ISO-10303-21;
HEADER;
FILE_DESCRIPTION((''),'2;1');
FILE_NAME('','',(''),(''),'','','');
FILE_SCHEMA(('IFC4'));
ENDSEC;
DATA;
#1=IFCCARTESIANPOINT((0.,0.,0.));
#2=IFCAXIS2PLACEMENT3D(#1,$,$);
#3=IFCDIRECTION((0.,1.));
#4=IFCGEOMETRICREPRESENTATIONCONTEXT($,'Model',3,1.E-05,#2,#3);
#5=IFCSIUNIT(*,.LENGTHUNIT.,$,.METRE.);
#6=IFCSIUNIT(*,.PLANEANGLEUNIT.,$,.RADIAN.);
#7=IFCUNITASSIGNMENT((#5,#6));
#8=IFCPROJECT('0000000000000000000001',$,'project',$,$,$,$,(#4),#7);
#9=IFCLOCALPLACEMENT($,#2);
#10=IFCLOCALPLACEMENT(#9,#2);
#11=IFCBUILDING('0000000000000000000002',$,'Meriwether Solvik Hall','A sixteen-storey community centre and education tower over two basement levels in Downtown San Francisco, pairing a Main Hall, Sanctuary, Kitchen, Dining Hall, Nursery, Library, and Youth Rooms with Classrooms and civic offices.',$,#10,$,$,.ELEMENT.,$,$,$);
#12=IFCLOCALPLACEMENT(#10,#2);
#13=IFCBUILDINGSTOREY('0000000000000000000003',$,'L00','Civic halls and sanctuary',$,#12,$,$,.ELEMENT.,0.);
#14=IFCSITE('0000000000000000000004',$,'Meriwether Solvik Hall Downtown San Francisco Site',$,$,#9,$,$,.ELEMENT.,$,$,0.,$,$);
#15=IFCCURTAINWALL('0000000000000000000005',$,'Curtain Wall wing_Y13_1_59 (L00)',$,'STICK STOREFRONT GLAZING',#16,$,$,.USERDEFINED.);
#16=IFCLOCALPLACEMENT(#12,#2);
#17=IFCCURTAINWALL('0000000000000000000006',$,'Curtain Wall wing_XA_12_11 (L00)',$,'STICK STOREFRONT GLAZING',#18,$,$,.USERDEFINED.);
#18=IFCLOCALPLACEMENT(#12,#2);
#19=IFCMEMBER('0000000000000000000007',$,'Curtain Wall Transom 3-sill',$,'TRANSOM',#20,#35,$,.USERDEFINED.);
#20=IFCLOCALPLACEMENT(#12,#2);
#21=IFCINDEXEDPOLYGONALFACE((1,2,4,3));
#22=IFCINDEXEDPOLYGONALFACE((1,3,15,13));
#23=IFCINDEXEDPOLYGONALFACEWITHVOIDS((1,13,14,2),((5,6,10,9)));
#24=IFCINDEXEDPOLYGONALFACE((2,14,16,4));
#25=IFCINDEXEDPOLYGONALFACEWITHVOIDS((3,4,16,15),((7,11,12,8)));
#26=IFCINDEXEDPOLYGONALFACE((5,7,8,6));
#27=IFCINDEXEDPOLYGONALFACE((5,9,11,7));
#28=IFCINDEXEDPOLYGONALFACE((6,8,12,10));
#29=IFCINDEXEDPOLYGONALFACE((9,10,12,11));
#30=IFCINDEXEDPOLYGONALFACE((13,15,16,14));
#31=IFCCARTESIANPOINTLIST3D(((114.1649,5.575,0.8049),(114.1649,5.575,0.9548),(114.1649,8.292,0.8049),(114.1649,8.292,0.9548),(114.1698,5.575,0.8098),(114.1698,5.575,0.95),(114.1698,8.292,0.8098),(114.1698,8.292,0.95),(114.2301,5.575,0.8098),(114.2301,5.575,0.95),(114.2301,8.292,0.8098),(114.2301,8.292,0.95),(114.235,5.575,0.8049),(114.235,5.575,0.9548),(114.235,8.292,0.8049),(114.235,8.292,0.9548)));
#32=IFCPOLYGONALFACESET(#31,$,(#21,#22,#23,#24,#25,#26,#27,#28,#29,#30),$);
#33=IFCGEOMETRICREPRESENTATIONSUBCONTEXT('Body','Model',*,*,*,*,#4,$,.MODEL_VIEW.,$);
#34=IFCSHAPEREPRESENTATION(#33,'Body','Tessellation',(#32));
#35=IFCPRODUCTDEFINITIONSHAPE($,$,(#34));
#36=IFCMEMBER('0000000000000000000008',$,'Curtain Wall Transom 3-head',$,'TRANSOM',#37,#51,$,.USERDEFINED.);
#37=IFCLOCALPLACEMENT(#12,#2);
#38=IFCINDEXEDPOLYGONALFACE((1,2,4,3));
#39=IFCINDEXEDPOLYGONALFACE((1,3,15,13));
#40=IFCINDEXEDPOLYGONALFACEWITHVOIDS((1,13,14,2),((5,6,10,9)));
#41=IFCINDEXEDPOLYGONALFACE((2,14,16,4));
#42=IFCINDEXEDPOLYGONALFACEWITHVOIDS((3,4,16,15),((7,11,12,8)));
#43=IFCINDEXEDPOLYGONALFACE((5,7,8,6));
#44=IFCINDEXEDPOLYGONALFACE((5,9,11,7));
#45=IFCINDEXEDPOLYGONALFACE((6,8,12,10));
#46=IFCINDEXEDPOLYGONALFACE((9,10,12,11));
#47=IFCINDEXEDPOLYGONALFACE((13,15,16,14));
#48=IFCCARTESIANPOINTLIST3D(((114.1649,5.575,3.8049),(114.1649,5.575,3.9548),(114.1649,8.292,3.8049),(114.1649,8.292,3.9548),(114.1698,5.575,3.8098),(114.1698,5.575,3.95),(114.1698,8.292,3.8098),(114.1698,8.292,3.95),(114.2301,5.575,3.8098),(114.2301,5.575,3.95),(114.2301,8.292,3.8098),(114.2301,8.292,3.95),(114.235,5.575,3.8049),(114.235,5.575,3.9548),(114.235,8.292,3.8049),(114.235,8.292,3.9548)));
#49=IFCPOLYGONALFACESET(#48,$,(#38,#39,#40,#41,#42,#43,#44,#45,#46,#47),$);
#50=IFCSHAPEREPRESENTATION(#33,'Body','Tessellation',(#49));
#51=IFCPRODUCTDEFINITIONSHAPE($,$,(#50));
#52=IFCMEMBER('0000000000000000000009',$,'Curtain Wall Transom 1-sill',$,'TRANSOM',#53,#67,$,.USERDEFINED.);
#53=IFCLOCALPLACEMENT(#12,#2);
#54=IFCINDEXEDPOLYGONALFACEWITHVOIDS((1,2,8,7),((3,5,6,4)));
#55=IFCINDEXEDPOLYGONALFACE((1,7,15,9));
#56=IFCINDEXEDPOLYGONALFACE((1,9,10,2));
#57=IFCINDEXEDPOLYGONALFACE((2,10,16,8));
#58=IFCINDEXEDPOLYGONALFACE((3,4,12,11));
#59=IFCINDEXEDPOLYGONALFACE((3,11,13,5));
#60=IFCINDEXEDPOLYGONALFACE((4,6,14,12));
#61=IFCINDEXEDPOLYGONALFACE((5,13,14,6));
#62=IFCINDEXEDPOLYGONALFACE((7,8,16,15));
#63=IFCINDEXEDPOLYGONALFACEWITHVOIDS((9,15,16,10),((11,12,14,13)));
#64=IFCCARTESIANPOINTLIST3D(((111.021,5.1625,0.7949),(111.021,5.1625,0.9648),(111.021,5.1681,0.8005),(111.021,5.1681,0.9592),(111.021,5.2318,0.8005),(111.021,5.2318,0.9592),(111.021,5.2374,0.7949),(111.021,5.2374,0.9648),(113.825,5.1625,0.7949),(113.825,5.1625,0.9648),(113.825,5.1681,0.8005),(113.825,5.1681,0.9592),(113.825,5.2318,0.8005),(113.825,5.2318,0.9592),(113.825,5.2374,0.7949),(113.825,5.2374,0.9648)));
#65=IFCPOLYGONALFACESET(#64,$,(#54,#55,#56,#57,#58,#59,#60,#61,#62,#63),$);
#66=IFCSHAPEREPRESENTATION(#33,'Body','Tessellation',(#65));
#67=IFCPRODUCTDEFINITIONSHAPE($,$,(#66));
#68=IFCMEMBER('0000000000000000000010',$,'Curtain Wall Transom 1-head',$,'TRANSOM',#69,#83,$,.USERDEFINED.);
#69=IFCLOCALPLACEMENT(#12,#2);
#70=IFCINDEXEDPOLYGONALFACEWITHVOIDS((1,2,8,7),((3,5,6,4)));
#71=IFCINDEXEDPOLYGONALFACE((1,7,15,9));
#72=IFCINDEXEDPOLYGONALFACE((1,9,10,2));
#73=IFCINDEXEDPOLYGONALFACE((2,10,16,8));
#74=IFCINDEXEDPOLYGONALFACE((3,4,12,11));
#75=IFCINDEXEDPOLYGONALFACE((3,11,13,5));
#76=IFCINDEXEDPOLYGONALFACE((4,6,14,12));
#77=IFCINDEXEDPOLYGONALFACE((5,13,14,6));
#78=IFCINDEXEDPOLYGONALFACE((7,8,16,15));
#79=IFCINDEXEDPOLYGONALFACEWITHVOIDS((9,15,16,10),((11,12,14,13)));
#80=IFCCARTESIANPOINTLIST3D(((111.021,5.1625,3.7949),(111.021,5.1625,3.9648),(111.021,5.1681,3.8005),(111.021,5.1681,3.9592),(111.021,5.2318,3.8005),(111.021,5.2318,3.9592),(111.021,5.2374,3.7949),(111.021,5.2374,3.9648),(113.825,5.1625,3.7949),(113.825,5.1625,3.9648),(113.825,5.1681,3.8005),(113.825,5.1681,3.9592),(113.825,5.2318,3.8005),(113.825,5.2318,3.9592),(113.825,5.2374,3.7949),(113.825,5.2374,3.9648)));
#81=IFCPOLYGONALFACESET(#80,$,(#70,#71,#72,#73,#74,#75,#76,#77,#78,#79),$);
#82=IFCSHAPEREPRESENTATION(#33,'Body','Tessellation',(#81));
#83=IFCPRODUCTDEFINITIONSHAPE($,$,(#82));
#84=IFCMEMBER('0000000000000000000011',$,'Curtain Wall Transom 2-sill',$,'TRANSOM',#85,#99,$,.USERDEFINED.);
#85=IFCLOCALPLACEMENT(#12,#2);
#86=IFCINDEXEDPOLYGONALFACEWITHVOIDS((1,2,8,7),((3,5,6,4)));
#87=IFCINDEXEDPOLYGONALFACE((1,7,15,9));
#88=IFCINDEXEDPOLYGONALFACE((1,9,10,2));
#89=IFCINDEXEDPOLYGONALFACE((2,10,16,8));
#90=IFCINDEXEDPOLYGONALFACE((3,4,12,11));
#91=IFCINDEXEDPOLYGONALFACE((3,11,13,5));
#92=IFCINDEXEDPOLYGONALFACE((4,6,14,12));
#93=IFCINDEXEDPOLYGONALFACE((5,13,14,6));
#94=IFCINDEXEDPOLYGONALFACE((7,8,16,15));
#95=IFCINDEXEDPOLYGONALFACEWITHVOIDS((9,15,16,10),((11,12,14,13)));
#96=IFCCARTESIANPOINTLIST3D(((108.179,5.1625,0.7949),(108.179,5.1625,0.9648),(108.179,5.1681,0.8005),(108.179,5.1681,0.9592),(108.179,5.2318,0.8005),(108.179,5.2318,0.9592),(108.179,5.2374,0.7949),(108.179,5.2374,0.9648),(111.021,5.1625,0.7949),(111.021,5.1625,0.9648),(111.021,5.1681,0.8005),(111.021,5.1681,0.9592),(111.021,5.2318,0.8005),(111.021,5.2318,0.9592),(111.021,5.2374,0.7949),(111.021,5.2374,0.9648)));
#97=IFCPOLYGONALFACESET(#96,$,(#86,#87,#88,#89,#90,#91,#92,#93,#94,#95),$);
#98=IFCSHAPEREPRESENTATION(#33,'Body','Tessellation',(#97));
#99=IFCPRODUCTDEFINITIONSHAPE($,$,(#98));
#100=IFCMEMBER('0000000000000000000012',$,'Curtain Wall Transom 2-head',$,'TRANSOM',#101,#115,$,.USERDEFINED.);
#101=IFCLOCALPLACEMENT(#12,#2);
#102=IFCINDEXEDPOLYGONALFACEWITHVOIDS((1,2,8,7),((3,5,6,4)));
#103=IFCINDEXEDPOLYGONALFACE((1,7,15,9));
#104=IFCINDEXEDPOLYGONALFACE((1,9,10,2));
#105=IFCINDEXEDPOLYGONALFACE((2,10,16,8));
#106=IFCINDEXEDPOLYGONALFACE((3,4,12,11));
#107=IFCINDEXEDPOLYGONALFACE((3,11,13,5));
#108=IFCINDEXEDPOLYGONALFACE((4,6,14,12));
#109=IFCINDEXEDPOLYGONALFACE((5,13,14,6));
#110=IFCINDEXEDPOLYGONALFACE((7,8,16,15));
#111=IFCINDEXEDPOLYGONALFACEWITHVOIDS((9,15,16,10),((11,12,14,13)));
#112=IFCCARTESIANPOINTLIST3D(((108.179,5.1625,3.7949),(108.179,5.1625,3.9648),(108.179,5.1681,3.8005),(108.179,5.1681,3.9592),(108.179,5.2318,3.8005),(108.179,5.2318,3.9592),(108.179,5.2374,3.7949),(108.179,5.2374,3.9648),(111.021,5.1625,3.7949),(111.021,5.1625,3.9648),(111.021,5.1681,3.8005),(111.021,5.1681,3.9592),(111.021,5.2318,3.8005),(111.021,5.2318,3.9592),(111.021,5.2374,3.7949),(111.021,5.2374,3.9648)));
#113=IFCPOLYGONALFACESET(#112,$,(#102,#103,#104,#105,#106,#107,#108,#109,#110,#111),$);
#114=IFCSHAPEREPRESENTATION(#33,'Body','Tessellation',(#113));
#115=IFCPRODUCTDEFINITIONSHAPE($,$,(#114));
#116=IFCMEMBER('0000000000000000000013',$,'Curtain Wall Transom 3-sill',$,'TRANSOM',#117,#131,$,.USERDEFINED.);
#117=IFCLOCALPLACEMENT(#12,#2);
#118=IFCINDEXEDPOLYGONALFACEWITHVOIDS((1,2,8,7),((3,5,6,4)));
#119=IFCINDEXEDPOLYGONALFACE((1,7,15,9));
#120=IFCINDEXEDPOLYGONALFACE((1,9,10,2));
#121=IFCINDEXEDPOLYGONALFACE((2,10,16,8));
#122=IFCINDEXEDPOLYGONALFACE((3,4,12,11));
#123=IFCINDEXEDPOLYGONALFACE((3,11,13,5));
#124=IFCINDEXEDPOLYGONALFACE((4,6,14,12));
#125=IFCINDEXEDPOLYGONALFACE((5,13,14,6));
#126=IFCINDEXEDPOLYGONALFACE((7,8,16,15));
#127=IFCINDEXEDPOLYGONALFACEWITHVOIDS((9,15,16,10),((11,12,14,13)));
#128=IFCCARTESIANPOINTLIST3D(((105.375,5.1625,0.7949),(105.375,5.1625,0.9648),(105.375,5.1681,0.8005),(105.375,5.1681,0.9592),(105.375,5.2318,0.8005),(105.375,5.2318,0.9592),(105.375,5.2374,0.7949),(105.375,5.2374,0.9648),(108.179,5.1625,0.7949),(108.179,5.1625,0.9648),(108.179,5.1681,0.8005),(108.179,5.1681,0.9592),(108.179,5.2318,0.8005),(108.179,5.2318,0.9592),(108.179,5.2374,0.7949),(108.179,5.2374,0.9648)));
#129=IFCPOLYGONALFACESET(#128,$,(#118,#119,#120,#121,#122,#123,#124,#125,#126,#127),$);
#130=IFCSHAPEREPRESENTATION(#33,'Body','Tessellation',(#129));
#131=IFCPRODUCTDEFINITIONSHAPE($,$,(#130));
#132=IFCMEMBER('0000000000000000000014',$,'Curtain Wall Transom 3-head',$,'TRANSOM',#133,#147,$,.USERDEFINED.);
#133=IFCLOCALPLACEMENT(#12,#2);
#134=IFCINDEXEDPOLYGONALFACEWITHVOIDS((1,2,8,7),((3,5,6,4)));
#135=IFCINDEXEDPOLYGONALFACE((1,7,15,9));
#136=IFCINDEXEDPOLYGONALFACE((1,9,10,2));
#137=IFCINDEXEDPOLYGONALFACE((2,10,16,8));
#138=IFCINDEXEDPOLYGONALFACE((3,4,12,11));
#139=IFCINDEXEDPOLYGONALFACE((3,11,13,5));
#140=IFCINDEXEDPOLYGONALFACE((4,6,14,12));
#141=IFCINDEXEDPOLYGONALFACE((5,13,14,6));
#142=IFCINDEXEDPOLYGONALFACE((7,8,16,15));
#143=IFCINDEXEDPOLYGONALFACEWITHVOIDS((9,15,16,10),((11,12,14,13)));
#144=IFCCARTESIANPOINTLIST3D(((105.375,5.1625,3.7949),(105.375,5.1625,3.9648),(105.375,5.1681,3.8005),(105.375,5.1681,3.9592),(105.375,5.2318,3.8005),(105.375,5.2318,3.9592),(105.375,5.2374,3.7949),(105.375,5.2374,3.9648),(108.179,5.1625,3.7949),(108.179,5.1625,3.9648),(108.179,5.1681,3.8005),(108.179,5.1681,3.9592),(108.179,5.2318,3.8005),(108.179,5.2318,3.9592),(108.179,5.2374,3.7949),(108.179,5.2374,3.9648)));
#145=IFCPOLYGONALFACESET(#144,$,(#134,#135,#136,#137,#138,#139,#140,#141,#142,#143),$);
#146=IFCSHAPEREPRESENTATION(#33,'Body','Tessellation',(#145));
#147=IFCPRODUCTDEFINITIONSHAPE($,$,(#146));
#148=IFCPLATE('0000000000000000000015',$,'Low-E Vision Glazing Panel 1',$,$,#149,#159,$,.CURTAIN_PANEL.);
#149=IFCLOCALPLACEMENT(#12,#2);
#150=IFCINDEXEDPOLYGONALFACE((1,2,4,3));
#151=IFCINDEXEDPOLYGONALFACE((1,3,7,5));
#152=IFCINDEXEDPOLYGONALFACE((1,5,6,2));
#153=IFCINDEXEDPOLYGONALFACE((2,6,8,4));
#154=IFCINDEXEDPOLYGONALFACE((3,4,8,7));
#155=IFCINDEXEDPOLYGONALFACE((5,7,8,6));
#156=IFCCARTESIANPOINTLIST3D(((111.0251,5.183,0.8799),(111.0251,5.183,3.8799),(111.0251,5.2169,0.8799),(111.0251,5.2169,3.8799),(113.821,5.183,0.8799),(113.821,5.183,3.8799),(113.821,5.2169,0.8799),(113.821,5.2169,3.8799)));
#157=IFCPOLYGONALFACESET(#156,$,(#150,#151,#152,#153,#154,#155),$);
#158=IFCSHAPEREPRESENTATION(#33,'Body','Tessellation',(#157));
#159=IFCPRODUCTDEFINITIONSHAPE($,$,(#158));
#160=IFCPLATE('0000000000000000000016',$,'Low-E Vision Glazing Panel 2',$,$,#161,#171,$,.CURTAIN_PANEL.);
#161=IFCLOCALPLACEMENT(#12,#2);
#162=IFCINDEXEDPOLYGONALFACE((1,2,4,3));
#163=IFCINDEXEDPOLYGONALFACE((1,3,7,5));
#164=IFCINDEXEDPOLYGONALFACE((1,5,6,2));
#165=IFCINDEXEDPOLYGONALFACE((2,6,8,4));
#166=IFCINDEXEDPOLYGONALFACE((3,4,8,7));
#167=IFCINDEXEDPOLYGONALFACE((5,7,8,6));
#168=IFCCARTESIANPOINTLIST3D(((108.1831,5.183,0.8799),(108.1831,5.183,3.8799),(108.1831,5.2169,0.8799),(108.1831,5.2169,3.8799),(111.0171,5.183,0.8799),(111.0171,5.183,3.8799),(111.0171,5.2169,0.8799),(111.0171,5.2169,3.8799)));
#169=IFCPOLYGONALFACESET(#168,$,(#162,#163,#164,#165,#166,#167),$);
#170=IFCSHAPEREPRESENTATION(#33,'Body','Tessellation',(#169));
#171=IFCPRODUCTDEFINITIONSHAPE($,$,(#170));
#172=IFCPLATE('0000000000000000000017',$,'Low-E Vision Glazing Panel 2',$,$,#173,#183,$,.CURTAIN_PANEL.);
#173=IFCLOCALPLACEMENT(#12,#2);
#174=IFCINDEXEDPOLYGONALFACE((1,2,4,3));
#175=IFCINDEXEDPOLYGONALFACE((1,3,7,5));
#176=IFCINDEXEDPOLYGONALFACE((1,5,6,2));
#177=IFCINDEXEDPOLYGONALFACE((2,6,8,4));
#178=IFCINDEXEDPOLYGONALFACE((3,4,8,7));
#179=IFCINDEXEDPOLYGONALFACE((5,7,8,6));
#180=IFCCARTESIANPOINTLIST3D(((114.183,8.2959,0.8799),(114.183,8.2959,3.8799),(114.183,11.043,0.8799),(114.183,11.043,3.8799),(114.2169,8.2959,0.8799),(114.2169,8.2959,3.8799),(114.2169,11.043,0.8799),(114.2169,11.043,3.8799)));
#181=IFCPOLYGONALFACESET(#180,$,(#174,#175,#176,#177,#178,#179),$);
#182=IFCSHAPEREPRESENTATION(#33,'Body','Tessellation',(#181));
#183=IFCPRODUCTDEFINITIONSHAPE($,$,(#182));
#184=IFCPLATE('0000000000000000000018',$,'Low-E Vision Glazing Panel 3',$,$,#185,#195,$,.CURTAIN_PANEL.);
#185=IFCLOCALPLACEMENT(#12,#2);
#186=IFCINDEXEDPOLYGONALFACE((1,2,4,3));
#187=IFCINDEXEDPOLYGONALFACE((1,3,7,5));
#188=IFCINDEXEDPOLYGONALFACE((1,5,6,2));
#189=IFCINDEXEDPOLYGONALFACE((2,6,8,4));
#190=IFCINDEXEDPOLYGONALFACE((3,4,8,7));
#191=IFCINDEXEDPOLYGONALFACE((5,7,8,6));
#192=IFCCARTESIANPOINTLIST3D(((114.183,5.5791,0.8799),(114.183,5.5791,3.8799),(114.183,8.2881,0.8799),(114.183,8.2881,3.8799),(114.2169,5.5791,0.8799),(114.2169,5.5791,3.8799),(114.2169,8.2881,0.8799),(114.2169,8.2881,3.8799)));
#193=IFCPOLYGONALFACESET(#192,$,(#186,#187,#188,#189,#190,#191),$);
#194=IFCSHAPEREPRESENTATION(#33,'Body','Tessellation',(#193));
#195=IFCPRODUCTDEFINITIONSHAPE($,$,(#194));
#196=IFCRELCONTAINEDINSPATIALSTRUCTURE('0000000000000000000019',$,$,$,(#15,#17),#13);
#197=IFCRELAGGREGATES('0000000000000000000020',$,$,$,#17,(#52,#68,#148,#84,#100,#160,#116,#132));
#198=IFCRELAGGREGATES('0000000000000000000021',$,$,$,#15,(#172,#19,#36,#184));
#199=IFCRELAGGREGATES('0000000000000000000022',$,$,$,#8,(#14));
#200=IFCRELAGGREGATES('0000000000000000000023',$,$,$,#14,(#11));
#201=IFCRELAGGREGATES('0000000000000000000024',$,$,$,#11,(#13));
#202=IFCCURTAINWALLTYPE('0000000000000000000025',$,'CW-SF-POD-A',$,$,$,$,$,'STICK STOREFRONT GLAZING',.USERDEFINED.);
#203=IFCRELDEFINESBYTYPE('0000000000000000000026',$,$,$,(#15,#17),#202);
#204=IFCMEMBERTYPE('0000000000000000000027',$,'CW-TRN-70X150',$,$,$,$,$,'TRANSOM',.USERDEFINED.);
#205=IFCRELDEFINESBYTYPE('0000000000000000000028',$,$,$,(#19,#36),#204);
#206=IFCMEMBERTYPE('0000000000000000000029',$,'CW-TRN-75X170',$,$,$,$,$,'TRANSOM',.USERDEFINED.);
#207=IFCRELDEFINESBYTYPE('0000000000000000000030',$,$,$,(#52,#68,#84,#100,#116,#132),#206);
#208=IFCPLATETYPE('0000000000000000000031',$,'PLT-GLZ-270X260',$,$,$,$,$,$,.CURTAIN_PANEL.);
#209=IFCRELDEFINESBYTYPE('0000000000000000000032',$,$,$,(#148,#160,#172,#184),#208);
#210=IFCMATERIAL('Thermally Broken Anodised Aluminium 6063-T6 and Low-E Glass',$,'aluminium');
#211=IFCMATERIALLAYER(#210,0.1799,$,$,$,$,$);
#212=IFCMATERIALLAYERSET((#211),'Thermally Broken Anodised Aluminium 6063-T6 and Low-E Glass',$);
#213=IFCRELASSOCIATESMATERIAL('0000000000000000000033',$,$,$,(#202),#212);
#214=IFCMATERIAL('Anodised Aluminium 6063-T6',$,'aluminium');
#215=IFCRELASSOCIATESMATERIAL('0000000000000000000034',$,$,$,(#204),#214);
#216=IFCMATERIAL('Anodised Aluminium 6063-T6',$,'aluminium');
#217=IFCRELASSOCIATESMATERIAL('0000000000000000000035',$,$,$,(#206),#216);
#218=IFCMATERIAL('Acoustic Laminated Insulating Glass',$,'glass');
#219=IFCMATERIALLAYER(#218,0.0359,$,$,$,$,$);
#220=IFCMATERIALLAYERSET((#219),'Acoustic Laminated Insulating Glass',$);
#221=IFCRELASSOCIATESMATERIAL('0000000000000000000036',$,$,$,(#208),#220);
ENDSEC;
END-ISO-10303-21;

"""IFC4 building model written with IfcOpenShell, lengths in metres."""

from ifc_helpers import new_model, si_unit, direction, frame, origin, origin_2d, place, context, subcontext, project, spatial, rectangle, hollow_rectangle, extrude, material, layer, layer_set, material_profile, profile_set, type_object, element, aggregate, save


model = new_model("IFC4")

# Units and contexts
model_context = context("Model", 3, precision=1e-05, world=origin(), true_north=direction((0.0, 1.0)))
body_context = subcontext(model_context, "Body", "Model", "MODEL_VIEW")
ifc_project = project(units=[si_unit("LENGTHUNIT", "METRE"), si_unit("PLANEANGLEUNIT", "RADIAN")], contexts=[model_context])

# Site, building, storey
site_placement = place(None, origin())
site = spatial("IfcSite", under=ifc_project, at=site_placement, Name="Meriwether Solvik Hall Downtown San Francisco Site", CompositionType="ELEMENT", RefElevation=0.0)
building_placement = place(site_placement, origin())
building = spatial("IfcBuilding", under=site, at=building_placement, Name="Meriwether Solvik Hall", Description="A sixteen-storey community centre and education tower over two basement levels in Downtown San Francisco, pairing a Main Hall, Sanctuary, Kitchen, Dining Hall, Nursery, Library, and Youth Rooms with Classrooms and civic offices.", CompositionType="ELEMENT")
storey_placement = place(building_placement, origin())
storey = spatial("IfcBuildingStorey", under=building, at=storey_placement, Name="L00", Description="Civic halls and sanctuary", CompositionType="ELEMENT", Elevation=0.0)

# Curtain walls
ifc_material_1 = material(Name="Thermally Broken Anodised Aluminium 6063-T6 and Low-E Glass", Category="aluminium")
ifc_layer_1 = layer(ifc_material_1, 0.1799)
ifc_layer_set_1 = layer_set([ifc_layer_1], Name="Thermally Broken Anodised Aluminium 6063-T6 and Low-E Glass")
curtain_wall_type = type_object("IfcCurtainWallType", Name="CW-SF-POD-A", ElementType="STICK STOREFRONT GLAZING", PredefinedType="USERDEFINED", material=ifc_layer_set_1)
curtain_wall_1_placement = place(storey_placement, origin())
curtain_wall_1 = element("IfcCurtainWall", 1, at=curtain_wall_1_placement, inside=storey, type_object=curtain_wall_type, Name="Curtain Wall wing_Y13_1_59 (L00)", ObjectType="STICK STOREFRONT GLAZING", PredefinedType="USERDEFINED")
curtain_wall_2_placement = place(storey_placement, origin())
curtain_wall_2 = element("IfcCurtainWall", 2, at=curtain_wall_2_placement, inside=storey, type_object=curtain_wall_type, Name="Curtain Wall wing_XA_12_11 (L00)", ObjectType="STICK STOREFRONT GLAZING", PredefinedType="USERDEFINED")

# Members
ifc_material_2 = material(Name="Anodised Aluminium 6063-T6", Category="aluminium")
ifc_material_profile_1 = material_profile(ifc_material_2, hollow_rectangle(XDim=0.0701, YDim=0.1499, WallThickness=0.0049, at=origin_2d()), Name="CWT-70X150")
ifc_profile_set_1 = profile_set([ifc_material_profile_1], Name="Anodised Aluminium 6063-T6")
member_type_1 = type_object("IfcMemberType", Name="CW-TRN-70X150", ElementType="TRANSOM", PredefinedType="USERDEFINED", material=ifc_profile_set_1)
member_1_placement = place(storey_placement, frame((114.2, 8.292, 0.8799), z_axis=(0.0, -1.0, 0.0), x_axis=(1.0, 0.0, 0.0)))
member_1 = element("IfcMember", 3, at=member_1_placement, type_object=member_type_1, Name="Curtain Wall Transom 3-sill", ObjectType="TRANSOM", PredefinedType="USERDEFINED", context=body_context, shape_type="SweptSolid", body=[
    extrude(hollow_rectangle(XDim=0.0701, YDim=0.1499, WallThickness=0.0049, at=origin_2d()), origin(), (0.0, 0.0, 1.0), 2.717),
])
member_2_placement = place(storey_placement, frame((114.2, 8.292, 3.8799), z_axis=(0.0, -1.0, 0.0), x_axis=(1.0, 0.0, 0.0)))
member_2 = element("IfcMember", 4, at=member_2_placement, type_object=member_type_1, Name="Curtain Wall Transom 3-head", ObjectType="TRANSOM", PredefinedType="USERDEFINED", context=body_context, shape_type="SweptSolid", body=[
    extrude(hollow_rectangle(XDim=0.0701, YDim=0.1499, WallThickness=0.0049, at=origin_2d()), origin(), (0.0, 0.0, 1.0), 2.717),
])
ifc_material_3 = material(Name="Anodised Aluminium 6063-T6", Category="aluminium")
ifc_material_profile_2 = material_profile(ifc_material_3, hollow_rectangle(XDim=0.075, YDim=0.1699, WallThickness=0.0056, at=origin_2d()), Name="CWT-75X170")
ifc_profile_set_2 = profile_set([ifc_material_profile_2], Name="Anodised Aluminium 6063-T6")
member_type_2 = type_object("IfcMemberType", Name="CW-TRN-75X170", ElementType="TRANSOM", PredefinedType="USERDEFINED", material=ifc_profile_set_2)
member_3_placement = place(storey_placement, frame((113.825, 5.2, 0.8799), z_axis=(-1.0, 0.0, 0.0), x_axis=(0.0, -1.0, 0.0)))
member_3 = element("IfcMember", 5, at=member_3_placement, type_object=member_type_2, Name="Curtain Wall Transom 1-sill", ObjectType="TRANSOM", PredefinedType="USERDEFINED", context=body_context, shape_type="SweptSolid", body=[
    extrude(hollow_rectangle(XDim=0.075, YDim=0.1699, WallThickness=0.0056, at=origin_2d()), origin(), (0.0, 0.0, 1.0), 2.804),
])
member_4_placement = place(storey_placement, frame((113.825, 5.2, 3.8799), z_axis=(-1.0, 0.0, 0.0), x_axis=(0.0, -1.0, 0.0)))
member_4 = element("IfcMember", 6, at=member_4_placement, type_object=member_type_2, Name="Curtain Wall Transom 1-head", ObjectType="TRANSOM", PredefinedType="USERDEFINED", context=body_context, shape_type="SweptSolid", body=[
    extrude(hollow_rectangle(XDim=0.075, YDim=0.1699, WallThickness=0.0056, at=origin_2d()), origin(), (0.0, 0.0, 1.0), 2.804),
])
member_5_placement = place(storey_placement, frame((111.021, 5.2, 0.8799), z_axis=(-1.0, 0.0, 0.0), x_axis=(0.0, -1.0, 0.0)))
member_5 = element("IfcMember", 7, at=member_5_placement, type_object=member_type_2, Name="Curtain Wall Transom 2-sill", ObjectType="TRANSOM", PredefinedType="USERDEFINED", context=body_context, shape_type="SweptSolid", body=[
    extrude(hollow_rectangle(XDim=0.075, YDim=0.1699, WallThickness=0.0056, at=origin_2d()), origin(), (0.0, 0.0, 1.0), 2.842),
])
member_6_placement = place(storey_placement, frame((111.021, 5.2, 3.8799), z_axis=(-1.0, 0.0, 0.0), x_axis=(0.0, -1.0, 0.0)))
member_6 = element("IfcMember", 8, at=member_6_placement, type_object=member_type_2, Name="Curtain Wall Transom 2-head", ObjectType="TRANSOM", PredefinedType="USERDEFINED", context=body_context, shape_type="SweptSolid", body=[
    extrude(hollow_rectangle(XDim=0.075, YDim=0.1699, WallThickness=0.0056, at=origin_2d()), origin(), (0.0, 0.0, 1.0), 2.842),
])
member_7_placement = place(storey_placement, frame((108.179, 5.2, 0.8799), z_axis=(-1.0, 0.0, 0.0), x_axis=(0.0, -1.0, 0.0)))
member_7 = element("IfcMember", 9, at=member_7_placement, type_object=member_type_2, Name="Curtain Wall Transom 3-sill", ObjectType="TRANSOM", PredefinedType="USERDEFINED", context=body_context, shape_type="SweptSolid", body=[
    extrude(hollow_rectangle(XDim=0.075, YDim=0.1699, WallThickness=0.0056, at=origin_2d()), origin(), (0.0, 0.0, 1.0), 2.804),
])
member_8_placement = place(storey_placement, frame((108.179, 5.2, 3.8799), z_axis=(-1.0, 0.0, 0.0), x_axis=(0.0, -1.0, 0.0)))
member_8 = element("IfcMember", 10, at=member_8_placement, type_object=member_type_2, Name="Curtain Wall Transom 3-head", ObjectType="TRANSOM", PredefinedType="USERDEFINED", context=body_context, shape_type="SweptSolid", body=[
    extrude(hollow_rectangle(XDim=0.075, YDim=0.1699, WallThickness=0.0056, at=origin_2d()), origin(), (0.0, 0.0, 1.0), 2.804),
])

# Plates
ifc_material_4 = material(Name="Acoustic Laminated Insulating Glass", Category="glass")
ifc_layer_2 = layer(ifc_material_4, 0.0359)
ifc_layer_set_2 = layer_set([ifc_layer_2], Name="Acoustic Laminated Insulating Glass")
plate_type_1 = type_object("IfcPlateType", Name="PLT-GLZ-270X260", PredefinedType="CURTAIN_PANEL", material=ifc_layer_set_2)
plate_1_placement = place(storey_placement, frame((112.4231, 5.2, 0.8799), z_axis=(0.0, 0.0, 1.0), x_axis=(-1.0, 0.0, 0.0)))
plate_1 = element("IfcPlate", 11, at=plate_1_placement, type_object=plate_type_1, Name="Low-E Vision Glazing Panel 1", PredefinedType="CURTAIN_PANEL", context=body_context, shape_type="SweptSolid", body=[
    extrude(rectangle(XDim=2.7959, YDim=0.0339, at=origin_2d()), origin(), (0.0, 0.0, 1.0), 3.0),
])
plate_2_placement = place(storey_placement, frame((109.6001, 5.2, 0.8799), z_axis=(0.0, 0.0, 1.0), x_axis=(-1.0, 0.0, 0.0)))
plate_2 = element("IfcPlate", 12, at=plate_2_placement, type_object=plate_type_1, Name="Low-E Vision Glazing Panel 2", PredefinedType="CURTAIN_PANEL", context=body_context, shape_type="SweptSolid", body=[
    extrude(rectangle(XDim=2.834, YDim=0.0339, at=origin_2d()), origin(), (0.0, 0.0, 1.0), 3.0),
])
plate_3_placement = place(storey_placement, frame((114.2, 9.6694, 0.8799), z_axis=(0.0, 0.0, 1.0), x_axis=(0.0, -1.0, 0.0)))
plate_3 = element("IfcPlate", 13, at=plate_3_placement, type_object=plate_type_1, Name="Low-E Vision Glazing Panel 2", PredefinedType="CURTAIN_PANEL", context=body_context, shape_type="SweptSolid", body=[
    extrude(rectangle(XDim=2.7471, YDim=0.0339, at=origin_2d()), origin(), (0.0, 0.0, 1.0), 3.0),
])
plate_4_placement = place(storey_placement, frame((114.2, 6.9336, 0.8799), z_axis=(0.0, 0.0, 1.0), x_axis=(0.0, -1.0, 0.0)))
plate_4 = element("IfcPlate", 14, at=plate_4_placement, type_object=plate_type_1, Name="Low-E Vision Glazing Panel 3", PredefinedType="CURTAIN_PANEL", context=body_context, shape_type="SweptSolid", body=[
    extrude(rectangle(XDim=2.709, YDim=0.0339, at=origin_2d()), origin(), (0.0, 0.0, 1.0), 3.0),
])
aggregate(curtain_wall_2, [member_3, member_4, plate_1, member_5, member_6, plate_2, member_7, member_8])
aggregate(curtain_wall_1, [plate_3, member_1, member_2, plate_4])

save(model, "model.ifc")
